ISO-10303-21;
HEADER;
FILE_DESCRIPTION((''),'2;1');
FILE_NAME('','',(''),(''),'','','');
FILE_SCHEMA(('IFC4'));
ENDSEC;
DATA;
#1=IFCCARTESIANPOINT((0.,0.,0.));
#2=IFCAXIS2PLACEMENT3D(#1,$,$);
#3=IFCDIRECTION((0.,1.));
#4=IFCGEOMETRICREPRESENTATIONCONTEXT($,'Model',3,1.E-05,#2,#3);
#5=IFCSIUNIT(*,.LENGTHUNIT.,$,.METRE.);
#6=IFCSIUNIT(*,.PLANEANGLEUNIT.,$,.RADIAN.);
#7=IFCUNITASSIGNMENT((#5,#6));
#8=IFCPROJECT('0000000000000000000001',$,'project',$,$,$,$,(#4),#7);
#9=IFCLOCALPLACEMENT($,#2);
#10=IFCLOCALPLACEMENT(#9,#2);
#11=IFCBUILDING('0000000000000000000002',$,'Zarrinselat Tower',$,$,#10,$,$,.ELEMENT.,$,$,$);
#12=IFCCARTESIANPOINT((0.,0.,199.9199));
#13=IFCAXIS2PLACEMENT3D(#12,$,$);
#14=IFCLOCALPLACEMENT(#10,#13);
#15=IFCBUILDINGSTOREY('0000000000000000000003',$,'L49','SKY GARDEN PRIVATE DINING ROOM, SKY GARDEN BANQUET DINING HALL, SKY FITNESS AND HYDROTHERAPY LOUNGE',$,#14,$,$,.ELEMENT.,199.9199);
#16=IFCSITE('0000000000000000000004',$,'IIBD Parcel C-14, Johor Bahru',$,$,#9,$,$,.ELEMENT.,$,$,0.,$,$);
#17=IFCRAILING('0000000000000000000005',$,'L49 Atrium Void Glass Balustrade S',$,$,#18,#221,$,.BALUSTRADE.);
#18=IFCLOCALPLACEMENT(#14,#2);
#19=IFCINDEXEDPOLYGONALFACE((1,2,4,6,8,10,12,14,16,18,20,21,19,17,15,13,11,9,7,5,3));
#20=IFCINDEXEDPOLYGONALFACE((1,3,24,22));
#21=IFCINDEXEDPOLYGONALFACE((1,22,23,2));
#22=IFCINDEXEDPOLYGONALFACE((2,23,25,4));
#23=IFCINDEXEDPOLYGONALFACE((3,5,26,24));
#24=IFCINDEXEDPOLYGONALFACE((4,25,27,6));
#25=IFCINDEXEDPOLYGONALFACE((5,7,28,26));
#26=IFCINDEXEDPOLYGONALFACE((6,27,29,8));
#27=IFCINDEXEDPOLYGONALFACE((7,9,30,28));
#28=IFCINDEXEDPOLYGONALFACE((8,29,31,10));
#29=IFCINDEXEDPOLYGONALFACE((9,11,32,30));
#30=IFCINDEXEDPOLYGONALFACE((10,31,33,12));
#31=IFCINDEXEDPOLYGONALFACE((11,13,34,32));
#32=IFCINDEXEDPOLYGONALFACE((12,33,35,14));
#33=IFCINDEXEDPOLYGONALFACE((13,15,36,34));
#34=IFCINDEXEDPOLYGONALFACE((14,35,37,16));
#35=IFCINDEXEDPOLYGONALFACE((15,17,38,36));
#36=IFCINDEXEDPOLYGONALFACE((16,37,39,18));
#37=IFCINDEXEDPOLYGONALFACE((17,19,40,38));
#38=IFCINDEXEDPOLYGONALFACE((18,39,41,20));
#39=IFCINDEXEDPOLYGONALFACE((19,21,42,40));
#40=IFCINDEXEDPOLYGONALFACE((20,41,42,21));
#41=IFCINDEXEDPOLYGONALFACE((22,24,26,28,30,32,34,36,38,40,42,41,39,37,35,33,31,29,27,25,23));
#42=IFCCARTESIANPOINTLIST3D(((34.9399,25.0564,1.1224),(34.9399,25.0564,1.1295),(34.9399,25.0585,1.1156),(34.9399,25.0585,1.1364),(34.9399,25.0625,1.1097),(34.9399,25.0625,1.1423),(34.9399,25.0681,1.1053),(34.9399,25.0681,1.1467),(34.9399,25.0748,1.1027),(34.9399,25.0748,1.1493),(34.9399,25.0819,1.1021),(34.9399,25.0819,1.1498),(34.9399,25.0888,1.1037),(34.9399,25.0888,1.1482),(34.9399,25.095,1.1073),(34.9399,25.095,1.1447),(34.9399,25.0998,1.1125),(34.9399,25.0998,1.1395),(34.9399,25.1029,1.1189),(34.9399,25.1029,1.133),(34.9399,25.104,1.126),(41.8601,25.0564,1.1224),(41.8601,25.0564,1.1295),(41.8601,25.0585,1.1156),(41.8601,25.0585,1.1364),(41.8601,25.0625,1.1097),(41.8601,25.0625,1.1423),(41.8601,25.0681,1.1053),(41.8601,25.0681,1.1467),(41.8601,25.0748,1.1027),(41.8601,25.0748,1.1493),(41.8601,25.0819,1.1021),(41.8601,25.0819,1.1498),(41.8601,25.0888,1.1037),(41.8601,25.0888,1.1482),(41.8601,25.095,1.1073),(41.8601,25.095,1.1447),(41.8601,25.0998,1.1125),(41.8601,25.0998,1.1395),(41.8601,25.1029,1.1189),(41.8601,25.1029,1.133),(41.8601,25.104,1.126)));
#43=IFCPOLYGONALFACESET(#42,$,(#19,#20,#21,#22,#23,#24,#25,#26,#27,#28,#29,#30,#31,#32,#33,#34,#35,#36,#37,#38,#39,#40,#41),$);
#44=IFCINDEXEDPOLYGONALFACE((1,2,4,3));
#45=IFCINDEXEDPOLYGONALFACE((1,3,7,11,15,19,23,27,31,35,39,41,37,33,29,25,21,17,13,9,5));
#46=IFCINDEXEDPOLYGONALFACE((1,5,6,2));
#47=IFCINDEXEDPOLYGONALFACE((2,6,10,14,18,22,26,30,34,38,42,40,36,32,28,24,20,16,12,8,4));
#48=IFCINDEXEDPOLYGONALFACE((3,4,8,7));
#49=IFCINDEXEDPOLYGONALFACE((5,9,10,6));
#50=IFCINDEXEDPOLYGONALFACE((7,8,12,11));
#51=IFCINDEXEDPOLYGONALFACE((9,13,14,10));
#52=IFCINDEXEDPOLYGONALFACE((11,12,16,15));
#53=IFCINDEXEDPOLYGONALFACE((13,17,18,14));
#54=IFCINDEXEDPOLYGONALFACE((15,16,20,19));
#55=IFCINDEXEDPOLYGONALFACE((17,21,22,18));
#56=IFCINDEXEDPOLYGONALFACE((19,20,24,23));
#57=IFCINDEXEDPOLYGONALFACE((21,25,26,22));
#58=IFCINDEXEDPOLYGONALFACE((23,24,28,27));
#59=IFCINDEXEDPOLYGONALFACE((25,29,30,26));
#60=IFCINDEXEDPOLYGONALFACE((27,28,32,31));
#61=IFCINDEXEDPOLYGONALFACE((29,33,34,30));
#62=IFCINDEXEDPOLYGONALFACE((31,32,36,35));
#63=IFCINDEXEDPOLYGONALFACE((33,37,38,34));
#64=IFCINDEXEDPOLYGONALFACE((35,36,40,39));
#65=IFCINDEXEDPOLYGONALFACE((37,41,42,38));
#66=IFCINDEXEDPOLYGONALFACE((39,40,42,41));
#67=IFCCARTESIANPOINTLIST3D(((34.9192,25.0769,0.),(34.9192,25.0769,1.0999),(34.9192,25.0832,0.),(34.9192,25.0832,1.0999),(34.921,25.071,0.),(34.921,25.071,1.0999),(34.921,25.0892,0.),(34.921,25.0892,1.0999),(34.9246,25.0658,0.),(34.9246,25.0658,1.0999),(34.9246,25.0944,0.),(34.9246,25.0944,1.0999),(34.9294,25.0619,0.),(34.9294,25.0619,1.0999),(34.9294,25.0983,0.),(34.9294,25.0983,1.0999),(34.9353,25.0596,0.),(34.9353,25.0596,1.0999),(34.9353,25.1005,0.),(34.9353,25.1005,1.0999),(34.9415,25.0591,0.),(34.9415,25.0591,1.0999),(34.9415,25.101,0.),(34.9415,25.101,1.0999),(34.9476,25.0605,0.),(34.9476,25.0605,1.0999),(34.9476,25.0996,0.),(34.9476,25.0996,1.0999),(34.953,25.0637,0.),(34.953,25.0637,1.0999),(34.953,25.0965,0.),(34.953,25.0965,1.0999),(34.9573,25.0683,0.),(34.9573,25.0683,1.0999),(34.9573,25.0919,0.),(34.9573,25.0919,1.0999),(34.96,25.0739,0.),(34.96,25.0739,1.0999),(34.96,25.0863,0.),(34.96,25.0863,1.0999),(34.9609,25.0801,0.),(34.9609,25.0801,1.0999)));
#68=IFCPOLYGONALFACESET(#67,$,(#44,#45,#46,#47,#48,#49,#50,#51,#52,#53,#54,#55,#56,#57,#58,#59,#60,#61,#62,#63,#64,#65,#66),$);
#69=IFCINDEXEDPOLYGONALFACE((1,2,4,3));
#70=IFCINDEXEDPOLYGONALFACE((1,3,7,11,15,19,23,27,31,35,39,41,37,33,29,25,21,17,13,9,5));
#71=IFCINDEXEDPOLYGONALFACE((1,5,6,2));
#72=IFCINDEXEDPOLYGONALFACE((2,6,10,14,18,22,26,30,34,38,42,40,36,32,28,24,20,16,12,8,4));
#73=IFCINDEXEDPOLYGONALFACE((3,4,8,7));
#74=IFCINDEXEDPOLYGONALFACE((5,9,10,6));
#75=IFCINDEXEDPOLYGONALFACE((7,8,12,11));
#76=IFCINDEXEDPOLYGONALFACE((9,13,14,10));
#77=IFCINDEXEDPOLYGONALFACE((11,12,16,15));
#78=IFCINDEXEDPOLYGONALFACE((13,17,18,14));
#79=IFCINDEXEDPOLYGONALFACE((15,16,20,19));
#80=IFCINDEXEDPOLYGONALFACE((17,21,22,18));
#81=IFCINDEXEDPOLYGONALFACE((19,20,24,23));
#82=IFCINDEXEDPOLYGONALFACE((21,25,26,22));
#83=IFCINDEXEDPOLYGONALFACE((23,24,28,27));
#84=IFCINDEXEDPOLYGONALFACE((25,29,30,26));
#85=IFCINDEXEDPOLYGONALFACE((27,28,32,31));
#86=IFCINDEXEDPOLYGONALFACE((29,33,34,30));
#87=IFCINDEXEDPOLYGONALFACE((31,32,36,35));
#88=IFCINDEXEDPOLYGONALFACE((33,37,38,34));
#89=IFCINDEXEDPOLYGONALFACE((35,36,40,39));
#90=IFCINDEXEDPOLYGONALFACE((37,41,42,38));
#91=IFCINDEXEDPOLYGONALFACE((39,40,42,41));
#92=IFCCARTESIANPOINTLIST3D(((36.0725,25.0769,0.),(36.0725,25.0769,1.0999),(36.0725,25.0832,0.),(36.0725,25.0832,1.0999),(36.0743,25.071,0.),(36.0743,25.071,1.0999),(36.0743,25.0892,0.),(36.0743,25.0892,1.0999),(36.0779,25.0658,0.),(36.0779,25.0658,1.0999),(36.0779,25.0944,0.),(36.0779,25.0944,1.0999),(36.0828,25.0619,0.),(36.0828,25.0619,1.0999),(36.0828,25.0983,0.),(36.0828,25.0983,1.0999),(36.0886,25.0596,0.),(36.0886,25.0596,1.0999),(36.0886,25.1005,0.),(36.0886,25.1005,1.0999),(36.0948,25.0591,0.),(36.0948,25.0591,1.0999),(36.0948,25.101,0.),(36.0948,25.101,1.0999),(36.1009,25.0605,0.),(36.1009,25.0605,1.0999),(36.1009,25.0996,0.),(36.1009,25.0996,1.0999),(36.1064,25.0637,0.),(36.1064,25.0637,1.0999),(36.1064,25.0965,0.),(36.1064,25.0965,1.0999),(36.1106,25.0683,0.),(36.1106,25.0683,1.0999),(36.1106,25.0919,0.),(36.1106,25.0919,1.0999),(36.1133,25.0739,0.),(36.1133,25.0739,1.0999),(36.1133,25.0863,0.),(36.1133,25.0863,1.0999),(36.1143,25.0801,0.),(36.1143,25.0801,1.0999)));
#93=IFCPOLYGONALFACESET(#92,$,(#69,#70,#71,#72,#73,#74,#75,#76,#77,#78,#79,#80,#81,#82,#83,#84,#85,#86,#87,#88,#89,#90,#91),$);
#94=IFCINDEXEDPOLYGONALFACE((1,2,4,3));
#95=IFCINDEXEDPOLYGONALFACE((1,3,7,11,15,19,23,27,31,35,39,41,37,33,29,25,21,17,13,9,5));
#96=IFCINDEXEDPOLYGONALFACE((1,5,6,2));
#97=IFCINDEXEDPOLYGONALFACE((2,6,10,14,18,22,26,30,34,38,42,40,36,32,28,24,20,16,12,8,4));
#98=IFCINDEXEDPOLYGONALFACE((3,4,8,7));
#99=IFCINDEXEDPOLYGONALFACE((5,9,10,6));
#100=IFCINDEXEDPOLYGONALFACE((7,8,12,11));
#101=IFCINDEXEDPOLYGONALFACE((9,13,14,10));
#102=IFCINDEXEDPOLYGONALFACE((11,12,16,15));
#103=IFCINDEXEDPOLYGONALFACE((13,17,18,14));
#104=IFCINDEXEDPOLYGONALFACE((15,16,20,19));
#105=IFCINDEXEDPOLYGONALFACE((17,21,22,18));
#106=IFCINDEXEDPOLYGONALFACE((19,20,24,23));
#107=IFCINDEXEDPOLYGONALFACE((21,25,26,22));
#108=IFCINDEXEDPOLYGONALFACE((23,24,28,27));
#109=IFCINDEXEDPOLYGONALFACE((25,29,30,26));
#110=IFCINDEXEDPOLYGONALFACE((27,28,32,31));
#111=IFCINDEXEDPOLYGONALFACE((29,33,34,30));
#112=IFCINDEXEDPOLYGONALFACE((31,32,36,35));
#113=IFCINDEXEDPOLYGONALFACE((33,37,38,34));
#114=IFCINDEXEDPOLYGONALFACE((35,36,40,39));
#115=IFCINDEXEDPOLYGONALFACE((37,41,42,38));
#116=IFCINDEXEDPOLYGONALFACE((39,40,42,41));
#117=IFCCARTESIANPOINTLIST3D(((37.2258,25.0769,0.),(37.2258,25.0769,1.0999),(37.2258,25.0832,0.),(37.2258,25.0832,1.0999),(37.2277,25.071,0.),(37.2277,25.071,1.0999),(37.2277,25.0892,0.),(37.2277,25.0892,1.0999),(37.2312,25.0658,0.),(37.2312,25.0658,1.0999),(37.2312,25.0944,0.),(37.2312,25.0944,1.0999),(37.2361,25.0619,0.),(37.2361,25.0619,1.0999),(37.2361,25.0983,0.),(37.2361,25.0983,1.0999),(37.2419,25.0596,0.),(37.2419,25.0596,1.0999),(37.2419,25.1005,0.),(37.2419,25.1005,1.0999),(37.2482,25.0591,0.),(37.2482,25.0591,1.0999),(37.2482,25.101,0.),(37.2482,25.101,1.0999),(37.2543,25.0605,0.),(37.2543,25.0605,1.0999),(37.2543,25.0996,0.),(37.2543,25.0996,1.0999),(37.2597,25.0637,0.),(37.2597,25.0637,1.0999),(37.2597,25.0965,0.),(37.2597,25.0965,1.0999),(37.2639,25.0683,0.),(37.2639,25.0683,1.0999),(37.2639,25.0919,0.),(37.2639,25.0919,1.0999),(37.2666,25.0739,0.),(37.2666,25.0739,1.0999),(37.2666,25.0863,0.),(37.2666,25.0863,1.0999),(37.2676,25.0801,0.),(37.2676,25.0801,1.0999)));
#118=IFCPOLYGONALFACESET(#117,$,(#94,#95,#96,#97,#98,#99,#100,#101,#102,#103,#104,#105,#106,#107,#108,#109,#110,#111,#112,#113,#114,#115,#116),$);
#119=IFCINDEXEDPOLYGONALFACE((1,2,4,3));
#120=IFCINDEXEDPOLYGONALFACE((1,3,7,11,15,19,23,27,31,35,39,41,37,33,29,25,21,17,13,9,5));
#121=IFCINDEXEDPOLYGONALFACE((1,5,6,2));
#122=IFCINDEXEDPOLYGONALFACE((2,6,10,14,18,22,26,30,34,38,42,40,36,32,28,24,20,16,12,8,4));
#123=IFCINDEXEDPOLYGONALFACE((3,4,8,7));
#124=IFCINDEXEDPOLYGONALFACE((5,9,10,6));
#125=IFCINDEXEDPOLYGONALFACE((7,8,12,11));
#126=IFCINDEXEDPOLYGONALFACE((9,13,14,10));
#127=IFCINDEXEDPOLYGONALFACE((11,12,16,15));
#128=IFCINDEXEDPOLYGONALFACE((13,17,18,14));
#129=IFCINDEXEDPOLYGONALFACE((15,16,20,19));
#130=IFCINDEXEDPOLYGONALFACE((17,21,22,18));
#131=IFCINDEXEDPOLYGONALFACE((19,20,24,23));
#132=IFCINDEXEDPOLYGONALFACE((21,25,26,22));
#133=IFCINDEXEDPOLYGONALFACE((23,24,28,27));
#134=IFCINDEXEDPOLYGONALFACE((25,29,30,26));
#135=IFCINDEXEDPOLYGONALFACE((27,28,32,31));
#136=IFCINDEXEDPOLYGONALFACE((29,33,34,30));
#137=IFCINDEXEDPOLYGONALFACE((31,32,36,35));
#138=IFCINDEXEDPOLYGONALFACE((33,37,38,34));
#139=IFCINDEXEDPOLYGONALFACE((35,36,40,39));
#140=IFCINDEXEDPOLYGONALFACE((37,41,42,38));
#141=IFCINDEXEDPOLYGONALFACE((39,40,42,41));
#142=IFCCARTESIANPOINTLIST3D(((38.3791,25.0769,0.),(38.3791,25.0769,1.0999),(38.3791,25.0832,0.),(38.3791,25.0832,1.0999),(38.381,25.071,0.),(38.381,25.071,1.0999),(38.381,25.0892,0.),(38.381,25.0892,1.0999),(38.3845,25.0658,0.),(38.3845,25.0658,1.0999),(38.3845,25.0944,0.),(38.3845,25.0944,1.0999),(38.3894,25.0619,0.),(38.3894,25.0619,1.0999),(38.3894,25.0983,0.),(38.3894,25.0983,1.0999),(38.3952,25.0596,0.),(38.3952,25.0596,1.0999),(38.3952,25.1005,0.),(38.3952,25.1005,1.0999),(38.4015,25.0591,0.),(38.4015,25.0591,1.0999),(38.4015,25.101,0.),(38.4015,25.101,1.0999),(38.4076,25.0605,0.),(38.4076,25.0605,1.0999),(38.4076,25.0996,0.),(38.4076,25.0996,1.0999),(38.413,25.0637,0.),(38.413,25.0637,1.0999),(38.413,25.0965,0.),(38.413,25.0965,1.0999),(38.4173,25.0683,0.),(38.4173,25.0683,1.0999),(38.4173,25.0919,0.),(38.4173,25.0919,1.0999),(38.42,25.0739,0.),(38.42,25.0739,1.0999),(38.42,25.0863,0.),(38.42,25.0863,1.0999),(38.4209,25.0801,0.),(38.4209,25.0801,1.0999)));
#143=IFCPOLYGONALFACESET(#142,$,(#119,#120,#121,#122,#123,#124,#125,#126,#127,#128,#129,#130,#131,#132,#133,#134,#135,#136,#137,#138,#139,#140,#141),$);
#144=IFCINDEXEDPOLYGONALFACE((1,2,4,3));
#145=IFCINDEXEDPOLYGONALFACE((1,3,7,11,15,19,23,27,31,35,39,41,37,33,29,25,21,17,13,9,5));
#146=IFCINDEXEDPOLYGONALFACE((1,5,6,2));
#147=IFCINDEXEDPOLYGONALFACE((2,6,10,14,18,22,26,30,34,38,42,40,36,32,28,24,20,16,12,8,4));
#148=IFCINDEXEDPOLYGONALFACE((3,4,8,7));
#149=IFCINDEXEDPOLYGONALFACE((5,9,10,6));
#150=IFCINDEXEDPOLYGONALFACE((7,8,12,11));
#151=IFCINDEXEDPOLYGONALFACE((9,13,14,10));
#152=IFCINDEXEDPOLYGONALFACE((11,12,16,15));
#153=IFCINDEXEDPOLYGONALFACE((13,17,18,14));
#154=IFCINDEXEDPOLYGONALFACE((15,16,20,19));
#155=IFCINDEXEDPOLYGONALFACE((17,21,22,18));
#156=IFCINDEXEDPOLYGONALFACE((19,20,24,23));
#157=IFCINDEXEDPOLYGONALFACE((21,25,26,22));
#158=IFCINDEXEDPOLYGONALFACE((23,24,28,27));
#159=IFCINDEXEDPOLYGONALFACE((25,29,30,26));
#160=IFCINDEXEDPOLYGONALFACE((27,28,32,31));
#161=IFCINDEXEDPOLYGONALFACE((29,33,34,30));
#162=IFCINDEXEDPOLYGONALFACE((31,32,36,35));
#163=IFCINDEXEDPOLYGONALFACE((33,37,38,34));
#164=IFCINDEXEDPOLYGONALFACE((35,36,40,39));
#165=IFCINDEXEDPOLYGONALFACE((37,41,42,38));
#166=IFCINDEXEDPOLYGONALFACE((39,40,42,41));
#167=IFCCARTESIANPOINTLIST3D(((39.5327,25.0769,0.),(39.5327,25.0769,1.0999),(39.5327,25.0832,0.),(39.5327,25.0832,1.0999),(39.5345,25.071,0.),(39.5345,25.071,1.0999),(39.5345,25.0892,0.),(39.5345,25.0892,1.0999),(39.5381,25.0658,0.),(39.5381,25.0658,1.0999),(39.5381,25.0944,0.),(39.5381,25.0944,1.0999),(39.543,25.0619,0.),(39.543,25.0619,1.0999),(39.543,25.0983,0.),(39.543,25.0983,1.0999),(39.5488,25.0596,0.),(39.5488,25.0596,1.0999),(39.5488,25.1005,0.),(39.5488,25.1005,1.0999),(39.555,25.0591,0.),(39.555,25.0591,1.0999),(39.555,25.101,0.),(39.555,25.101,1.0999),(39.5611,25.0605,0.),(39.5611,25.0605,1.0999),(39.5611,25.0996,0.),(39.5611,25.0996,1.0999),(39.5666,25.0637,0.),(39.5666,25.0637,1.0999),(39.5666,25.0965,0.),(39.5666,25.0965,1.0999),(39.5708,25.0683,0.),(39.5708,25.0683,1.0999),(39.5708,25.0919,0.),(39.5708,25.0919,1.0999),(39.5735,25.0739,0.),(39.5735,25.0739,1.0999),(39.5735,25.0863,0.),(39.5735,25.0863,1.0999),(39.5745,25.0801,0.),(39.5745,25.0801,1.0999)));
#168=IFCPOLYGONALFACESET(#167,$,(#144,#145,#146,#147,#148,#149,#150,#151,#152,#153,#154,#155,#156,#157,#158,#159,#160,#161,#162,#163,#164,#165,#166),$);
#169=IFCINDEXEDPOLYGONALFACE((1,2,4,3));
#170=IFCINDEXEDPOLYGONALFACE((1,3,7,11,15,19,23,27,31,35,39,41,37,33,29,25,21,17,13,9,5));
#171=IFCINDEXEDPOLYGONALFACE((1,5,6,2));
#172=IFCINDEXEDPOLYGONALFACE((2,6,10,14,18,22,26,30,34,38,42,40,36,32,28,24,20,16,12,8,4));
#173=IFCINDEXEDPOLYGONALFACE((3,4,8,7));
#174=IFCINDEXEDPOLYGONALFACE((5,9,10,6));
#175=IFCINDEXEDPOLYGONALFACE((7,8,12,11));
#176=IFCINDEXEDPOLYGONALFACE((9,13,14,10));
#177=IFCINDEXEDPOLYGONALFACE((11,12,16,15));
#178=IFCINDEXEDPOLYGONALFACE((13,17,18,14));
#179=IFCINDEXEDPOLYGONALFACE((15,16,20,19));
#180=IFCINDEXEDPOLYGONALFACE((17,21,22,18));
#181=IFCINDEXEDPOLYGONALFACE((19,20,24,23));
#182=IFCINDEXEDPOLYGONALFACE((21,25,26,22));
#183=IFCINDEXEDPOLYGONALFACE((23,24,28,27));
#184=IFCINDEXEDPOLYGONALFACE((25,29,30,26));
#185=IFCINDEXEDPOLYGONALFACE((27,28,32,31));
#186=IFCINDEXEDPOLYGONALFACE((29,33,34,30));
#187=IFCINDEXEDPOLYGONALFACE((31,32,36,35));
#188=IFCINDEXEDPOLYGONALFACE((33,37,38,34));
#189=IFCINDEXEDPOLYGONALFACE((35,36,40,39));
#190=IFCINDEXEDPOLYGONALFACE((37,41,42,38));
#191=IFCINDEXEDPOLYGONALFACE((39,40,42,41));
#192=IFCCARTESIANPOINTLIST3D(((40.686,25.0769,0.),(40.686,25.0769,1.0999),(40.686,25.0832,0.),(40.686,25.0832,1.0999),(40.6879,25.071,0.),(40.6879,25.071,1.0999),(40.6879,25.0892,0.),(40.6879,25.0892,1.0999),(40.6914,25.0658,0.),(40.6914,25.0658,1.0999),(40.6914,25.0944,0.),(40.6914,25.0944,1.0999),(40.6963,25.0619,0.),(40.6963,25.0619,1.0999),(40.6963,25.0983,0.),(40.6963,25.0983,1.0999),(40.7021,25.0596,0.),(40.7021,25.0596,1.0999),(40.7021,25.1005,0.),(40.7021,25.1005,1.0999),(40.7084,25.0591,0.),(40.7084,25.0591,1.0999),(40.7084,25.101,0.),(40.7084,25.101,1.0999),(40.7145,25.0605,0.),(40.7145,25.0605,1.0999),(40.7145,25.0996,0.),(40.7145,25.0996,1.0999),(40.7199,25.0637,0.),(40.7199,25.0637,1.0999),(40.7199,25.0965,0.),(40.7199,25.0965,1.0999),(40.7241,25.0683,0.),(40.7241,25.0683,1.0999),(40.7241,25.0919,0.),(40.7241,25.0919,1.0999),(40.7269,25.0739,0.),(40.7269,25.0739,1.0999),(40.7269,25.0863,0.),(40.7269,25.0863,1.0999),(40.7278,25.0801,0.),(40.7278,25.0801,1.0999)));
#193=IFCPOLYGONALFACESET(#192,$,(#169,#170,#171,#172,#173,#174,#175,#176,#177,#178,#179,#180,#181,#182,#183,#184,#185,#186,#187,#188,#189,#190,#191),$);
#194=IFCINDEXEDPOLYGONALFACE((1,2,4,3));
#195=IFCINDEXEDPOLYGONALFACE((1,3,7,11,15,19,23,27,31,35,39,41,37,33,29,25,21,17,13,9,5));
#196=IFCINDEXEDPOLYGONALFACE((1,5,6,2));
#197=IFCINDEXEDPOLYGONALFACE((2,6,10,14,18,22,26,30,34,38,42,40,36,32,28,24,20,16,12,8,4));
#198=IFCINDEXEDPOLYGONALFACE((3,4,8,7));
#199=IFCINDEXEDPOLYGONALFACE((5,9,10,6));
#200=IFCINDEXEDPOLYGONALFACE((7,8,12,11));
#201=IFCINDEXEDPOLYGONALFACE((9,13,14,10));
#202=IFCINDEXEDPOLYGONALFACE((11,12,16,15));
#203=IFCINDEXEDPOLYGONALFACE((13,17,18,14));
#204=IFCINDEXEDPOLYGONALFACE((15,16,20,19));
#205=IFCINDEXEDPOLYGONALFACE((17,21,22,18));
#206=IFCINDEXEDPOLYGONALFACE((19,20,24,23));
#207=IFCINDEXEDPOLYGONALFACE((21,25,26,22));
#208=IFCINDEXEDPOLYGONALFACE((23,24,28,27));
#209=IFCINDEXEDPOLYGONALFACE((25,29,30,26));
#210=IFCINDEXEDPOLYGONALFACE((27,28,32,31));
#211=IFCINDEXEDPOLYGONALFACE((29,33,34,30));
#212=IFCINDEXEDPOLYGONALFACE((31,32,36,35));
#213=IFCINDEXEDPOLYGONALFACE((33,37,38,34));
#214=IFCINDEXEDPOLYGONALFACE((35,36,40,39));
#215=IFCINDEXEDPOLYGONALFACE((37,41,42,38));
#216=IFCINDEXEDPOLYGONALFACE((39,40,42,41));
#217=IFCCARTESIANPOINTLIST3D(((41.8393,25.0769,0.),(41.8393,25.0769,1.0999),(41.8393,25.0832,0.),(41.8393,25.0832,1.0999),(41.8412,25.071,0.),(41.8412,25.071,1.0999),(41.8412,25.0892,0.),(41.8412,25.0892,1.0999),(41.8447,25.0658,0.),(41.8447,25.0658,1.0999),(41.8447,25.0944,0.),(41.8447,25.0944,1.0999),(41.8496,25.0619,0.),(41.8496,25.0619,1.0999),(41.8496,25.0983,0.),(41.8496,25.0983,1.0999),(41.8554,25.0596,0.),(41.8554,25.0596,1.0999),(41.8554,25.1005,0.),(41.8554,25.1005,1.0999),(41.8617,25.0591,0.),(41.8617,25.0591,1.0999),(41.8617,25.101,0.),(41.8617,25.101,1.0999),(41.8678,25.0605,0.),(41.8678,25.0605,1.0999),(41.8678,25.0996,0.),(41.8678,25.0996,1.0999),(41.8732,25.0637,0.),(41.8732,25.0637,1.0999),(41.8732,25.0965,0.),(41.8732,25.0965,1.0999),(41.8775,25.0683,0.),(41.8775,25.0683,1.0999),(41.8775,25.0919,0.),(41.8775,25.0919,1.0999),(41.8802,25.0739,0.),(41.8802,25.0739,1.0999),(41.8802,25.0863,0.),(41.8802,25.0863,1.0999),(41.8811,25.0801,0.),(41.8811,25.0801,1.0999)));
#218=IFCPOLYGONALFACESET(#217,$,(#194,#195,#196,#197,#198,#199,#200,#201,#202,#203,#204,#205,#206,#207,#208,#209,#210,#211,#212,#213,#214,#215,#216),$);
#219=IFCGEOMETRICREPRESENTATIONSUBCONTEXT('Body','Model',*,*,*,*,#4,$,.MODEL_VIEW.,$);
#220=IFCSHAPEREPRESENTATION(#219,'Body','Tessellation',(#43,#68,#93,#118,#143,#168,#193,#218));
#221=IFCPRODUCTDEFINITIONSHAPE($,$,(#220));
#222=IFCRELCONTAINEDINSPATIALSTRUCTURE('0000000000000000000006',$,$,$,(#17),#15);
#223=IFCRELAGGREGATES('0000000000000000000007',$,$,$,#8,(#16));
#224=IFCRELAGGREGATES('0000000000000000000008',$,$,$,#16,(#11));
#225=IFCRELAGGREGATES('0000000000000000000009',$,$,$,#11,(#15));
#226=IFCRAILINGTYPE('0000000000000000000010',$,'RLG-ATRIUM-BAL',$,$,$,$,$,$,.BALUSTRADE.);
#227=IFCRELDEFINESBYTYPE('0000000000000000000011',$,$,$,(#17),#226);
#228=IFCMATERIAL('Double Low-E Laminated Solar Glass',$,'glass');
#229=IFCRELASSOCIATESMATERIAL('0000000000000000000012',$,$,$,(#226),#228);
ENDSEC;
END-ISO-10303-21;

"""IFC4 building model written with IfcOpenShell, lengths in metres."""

from ifc_helpers import new_model, si_unit, direction, frame, origin, origin_2d, place, context, subcontext, project, spatial, circle, extrude, material, type_object, element, save


model = new_model("IFC4")

# Units and contexts
model_context = context("Model", 3, precision=1e-05, world=origin(), true_north=direction((0.0, 1.0)))
body_context = subcontext(model_context, "Body", "Model", "MODEL_VIEW")
ifc_project = project(units=[si_unit("LENGTHUNIT", "METRE"), si_unit("PLANEANGLEUNIT", "RADIAN")], contexts=[model_context])

# Site, building, storey
site_placement = place(None, origin())
site = spatial("IfcSite", under=ifc_project, at=site_placement, Name="IIBD Parcel C-14, Johor Bahru", CompositionType="ELEMENT", RefElevation=0.0)
building_placement = place(site_placement, origin())
building = spatial("IfcBuilding", under=site, at=building_placement, Name="Zarrinselat Tower", CompositionType="ELEMENT")
storey_placement = place(building_placement, frame((0.0, 0.0, 199.9199)))
storey = spatial("IfcBuildingStorey", under=building, at=storey_placement, Name="L49", Description="SKY GARDEN PRIVATE DINING ROOM, SKY GARDEN BANQUET DINING HALL, SKY FITNESS AND HYDROTHERAPY LOUNGE", CompositionType="ELEMENT", Elevation=199.9199)

# Railing
ifc_material_1 = material(Name="Double Low-E Laminated Solar Glass", Category="glass")
railing_type = type_object("IfcRailingType", Name="RLG-ATRIUM-BAL", PredefinedType="BALUSTRADE", material=ifc_material_1)
railing_placement = place(storey_placement, frame((34.9399, 25.0801, 0.0)))
element("IfcRailing", 1, at=railing_placement, inside=storey, type_object=railing_type, Name="L49 Atrium Void Glass Balustrade S", PredefinedType="BALUSTRADE", context=body_context, shape_type="SweptSolid", body=[
    extrude(circle(Radius=0.0239, at=origin_2d()), frame((0.0, 0.0, 1.126), z_axis=(1.0, 0.0, 0.0), x_axis=(0.0, 1.0, 0.0)), (0.0, 0.0, 1.0), 6.9202),
    extrude(circle(Radius=0.021, at=origin_2d()), origin(), (0.0, 0.0, 1.0), 1.0999),
    extrude(circle(Radius=0.021, at=origin_2d()), frame((1.1533, 0.0, 0.0)), (0.0, 0.0, 1.0), 1.0999),
    extrude(circle(Radius=0.021, at=origin_2d()), frame((2.3066, 0.0, 0.0)), (0.0, 0.0, 1.0), 1.0999),
    extrude(circle(Radius=0.021, at=origin_2d()), frame((3.46, 0.0, 0.0)), (0.0, 0.0, 1.0), 1.0999),
    extrude(circle(Radius=0.021, at=origin_2d()), frame((4.6135, 0.0, 0.0)), (0.0, 0.0, 1.0), 1.0999),
    extrude(circle(Radius=0.021, at=origin_2d()), frame((5.7668, 0.0, 0.0)), (0.0, 0.0, 1.0), 1.0999),
    extrude(circle(Radius=0.021, at=origin_2d()), frame((6.9202, 0.0, 0.0)), (0.0, 0.0, 1.0), 1.0999),
])

save(model, "model.ifc")
